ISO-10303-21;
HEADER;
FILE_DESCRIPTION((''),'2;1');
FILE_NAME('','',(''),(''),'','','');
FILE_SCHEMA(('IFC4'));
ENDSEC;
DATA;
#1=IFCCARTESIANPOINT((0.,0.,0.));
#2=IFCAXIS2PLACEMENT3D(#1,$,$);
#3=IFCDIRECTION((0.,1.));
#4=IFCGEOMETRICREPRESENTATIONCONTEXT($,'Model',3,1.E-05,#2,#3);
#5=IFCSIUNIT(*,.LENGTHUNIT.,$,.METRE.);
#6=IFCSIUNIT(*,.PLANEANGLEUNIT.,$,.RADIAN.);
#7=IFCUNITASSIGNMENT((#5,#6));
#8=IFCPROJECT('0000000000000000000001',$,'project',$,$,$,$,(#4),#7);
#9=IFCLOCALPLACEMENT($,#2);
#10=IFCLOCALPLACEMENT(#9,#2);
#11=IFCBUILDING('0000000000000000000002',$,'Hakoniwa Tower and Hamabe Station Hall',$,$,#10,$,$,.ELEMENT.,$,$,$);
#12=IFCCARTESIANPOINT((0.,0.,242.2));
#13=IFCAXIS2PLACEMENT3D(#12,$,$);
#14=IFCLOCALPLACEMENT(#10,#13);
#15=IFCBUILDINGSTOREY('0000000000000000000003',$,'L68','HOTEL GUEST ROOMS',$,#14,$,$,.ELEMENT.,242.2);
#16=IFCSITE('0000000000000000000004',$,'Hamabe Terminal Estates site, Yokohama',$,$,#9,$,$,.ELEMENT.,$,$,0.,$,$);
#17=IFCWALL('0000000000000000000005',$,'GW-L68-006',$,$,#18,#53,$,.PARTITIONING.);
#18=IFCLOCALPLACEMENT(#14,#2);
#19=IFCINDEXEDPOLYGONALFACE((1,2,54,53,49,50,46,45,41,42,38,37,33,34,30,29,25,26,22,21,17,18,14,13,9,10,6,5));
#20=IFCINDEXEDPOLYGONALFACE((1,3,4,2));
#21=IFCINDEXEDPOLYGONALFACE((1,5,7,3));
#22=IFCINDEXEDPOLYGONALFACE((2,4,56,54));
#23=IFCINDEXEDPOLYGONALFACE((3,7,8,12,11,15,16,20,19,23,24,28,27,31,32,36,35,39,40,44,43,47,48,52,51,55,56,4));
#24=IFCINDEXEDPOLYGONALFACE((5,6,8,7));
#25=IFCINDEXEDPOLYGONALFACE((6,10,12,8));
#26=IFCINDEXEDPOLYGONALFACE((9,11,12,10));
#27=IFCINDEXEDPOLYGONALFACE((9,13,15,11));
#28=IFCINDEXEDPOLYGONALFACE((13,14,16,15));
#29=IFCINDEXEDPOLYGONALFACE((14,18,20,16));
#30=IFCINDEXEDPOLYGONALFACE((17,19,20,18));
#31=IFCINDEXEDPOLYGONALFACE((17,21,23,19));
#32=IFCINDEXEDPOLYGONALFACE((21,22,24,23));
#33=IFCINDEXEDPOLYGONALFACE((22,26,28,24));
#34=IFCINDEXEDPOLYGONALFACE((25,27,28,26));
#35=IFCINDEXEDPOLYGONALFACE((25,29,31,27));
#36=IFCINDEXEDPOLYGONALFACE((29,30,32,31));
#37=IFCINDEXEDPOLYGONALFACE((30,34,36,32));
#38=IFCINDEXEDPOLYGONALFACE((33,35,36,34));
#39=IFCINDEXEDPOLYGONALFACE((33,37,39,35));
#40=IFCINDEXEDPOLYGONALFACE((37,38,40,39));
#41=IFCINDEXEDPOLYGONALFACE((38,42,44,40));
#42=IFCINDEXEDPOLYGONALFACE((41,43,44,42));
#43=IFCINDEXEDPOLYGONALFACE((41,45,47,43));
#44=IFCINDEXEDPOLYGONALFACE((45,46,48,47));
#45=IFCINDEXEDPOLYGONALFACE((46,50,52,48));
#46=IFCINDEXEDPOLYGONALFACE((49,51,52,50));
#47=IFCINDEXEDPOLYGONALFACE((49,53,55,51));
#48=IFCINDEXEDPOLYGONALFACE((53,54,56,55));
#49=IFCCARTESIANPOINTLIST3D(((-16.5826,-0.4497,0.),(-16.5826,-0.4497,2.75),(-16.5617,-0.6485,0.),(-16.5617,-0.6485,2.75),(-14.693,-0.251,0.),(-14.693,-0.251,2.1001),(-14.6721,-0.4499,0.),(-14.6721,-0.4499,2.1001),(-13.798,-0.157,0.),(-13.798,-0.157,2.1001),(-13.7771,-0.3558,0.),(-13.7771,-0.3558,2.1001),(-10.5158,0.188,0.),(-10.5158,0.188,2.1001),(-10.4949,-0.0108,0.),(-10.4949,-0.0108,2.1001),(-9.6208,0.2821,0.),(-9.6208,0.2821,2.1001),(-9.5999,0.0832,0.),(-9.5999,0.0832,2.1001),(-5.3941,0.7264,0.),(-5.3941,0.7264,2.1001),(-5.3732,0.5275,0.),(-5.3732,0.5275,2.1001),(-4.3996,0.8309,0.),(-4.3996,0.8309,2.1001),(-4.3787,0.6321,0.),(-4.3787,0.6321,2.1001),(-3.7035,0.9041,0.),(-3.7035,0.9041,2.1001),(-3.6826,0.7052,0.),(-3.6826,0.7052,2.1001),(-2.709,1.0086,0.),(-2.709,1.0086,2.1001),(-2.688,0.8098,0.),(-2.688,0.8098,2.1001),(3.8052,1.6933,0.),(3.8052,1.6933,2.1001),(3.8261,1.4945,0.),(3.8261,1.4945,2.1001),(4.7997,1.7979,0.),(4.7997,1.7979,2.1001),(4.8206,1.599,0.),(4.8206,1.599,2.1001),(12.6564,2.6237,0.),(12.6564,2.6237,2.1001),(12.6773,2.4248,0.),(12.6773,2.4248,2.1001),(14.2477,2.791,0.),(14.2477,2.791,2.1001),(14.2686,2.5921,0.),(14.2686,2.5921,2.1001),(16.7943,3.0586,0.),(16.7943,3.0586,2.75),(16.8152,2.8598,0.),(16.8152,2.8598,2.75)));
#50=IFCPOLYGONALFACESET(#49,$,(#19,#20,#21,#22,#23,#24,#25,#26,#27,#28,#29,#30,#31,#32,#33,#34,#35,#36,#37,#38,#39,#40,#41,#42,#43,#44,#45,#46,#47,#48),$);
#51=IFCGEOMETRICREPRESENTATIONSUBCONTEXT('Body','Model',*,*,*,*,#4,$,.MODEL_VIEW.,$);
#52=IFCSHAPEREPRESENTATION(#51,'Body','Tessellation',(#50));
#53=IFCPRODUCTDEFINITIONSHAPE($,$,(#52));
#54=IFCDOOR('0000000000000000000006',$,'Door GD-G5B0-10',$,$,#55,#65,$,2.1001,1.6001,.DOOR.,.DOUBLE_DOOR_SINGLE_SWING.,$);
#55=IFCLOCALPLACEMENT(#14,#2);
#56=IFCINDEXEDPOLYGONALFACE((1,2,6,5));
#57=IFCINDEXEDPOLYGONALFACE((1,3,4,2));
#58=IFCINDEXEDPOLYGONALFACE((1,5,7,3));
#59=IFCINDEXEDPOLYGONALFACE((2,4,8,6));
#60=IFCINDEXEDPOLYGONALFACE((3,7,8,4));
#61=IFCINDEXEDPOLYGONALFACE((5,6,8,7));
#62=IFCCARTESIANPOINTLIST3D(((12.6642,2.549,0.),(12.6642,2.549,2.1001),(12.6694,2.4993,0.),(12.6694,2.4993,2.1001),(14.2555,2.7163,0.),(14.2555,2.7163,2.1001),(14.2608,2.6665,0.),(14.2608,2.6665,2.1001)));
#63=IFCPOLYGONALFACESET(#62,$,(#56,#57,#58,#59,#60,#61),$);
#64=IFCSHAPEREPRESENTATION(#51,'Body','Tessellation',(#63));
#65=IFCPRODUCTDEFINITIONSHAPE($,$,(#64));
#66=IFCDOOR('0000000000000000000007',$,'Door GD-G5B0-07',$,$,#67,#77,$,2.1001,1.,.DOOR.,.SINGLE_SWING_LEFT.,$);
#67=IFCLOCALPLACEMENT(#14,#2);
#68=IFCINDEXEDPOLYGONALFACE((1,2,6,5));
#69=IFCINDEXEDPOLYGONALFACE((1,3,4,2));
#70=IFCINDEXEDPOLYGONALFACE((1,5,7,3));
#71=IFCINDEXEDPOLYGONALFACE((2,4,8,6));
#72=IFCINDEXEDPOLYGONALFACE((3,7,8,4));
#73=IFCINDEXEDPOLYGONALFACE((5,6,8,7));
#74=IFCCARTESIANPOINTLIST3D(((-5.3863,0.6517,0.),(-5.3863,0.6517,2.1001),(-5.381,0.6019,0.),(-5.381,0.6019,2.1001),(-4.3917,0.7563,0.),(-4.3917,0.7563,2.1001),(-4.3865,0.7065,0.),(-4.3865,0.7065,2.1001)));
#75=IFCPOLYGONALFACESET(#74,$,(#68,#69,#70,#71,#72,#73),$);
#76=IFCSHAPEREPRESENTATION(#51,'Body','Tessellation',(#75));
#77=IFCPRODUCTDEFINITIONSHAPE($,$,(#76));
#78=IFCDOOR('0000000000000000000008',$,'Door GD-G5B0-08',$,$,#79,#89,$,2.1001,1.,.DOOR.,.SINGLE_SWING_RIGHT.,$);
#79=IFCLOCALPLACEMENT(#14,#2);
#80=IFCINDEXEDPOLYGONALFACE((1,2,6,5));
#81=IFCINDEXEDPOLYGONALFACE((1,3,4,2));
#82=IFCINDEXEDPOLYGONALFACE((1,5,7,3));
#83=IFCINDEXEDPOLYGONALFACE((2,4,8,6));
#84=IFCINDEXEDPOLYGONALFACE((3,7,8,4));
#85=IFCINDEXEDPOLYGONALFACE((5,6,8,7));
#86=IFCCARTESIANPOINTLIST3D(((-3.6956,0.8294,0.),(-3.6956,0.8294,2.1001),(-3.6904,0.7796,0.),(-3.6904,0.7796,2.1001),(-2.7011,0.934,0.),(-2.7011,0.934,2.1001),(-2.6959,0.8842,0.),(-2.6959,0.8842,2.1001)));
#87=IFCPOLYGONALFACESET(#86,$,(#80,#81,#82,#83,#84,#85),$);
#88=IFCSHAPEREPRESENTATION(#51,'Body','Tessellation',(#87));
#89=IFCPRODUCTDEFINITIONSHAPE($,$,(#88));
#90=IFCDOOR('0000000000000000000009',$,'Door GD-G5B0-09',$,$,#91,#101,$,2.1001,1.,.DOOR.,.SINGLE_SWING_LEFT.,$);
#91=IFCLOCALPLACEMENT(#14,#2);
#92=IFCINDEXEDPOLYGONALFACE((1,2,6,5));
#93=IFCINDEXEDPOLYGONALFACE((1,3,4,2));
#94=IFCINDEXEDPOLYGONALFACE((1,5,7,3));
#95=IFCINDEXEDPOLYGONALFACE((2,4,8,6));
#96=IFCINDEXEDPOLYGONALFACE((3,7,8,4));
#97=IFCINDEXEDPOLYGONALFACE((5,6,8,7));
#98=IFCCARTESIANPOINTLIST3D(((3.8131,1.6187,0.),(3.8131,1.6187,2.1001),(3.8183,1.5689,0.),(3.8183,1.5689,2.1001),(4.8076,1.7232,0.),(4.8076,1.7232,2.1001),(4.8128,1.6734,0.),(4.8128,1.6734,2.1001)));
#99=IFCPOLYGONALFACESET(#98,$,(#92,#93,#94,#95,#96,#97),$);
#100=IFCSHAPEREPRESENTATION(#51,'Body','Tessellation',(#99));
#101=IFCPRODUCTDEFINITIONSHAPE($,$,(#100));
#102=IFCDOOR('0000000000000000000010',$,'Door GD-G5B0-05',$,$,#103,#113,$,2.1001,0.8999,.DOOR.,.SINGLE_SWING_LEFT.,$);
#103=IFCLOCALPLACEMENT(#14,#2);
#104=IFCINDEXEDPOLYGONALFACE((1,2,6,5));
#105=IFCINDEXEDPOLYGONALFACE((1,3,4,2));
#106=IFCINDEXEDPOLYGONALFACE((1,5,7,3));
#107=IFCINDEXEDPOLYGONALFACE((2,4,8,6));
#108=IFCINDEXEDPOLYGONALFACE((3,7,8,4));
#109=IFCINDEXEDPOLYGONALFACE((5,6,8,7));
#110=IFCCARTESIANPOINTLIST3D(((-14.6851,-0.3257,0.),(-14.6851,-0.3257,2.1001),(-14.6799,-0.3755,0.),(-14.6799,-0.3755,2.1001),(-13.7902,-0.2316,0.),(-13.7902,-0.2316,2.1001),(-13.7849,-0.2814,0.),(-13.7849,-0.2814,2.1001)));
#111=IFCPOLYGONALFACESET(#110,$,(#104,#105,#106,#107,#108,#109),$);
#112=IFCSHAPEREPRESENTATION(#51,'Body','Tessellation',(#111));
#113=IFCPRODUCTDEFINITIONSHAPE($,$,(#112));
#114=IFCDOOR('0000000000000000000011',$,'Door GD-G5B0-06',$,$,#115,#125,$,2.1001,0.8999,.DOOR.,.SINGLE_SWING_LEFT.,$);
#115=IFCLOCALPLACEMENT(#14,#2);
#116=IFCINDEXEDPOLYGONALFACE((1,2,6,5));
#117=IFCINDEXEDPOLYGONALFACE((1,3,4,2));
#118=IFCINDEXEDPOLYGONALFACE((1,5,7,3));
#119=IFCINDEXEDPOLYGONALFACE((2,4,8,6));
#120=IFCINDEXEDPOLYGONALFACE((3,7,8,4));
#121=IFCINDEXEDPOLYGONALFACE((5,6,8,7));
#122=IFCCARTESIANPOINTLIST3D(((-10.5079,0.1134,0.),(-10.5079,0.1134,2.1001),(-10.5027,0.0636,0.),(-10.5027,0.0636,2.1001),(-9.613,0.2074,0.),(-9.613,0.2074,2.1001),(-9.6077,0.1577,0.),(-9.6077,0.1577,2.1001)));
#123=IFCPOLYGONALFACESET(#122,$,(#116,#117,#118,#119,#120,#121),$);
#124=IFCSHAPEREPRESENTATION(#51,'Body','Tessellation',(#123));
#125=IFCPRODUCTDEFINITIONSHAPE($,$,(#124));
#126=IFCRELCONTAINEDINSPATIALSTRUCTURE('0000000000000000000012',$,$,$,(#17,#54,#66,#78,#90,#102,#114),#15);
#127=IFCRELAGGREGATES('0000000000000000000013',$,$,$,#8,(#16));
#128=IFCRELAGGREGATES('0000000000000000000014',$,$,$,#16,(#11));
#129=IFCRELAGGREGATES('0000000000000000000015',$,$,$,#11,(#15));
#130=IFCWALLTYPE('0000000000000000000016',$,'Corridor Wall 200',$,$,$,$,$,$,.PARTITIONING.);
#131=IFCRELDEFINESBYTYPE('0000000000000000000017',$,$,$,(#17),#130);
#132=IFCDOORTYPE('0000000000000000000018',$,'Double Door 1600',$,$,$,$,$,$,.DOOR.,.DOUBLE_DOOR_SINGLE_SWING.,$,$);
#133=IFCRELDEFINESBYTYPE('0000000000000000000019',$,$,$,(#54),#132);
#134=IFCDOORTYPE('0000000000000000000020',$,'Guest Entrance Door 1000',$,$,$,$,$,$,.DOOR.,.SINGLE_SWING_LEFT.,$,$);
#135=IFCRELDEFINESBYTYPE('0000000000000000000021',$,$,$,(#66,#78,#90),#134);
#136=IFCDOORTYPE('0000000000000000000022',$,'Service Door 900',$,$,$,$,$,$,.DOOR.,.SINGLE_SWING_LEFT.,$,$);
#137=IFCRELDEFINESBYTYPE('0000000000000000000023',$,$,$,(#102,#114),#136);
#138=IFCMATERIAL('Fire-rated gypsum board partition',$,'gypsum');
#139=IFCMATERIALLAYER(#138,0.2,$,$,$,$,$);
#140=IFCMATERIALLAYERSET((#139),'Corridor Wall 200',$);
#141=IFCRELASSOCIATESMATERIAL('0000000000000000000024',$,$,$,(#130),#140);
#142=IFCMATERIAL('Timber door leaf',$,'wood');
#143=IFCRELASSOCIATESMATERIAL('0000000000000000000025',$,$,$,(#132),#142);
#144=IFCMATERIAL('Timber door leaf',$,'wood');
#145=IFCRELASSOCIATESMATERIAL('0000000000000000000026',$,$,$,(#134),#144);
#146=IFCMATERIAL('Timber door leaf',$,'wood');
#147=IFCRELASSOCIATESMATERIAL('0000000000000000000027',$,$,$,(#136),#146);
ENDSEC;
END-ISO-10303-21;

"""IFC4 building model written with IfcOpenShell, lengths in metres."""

from ifc_helpers import new_model, si_unit, direction, frame, frame_2d, origin, place, context, subcontext, project, spatial, rectangle, extrude, material, layer, layer_set, type_object, element, fill, save


model = new_model("IFC4")

# Units and contexts
model_context = context("Model", 3, precision=1e-05, world=origin(), true_north=direction((0.0, 1.0)))
body_context = subcontext(model_context, "Body", "Model", "MODEL_VIEW")
ifc_project = project(units=[si_unit("LENGTHUNIT", "METRE"), si_unit("PLANEANGLEUNIT", "RADIAN")], contexts=[model_context])

# Site, building, storey
site_placement = place(None, origin())
site = spatial("IfcSite", under=ifc_project, at=site_placement, Name="Hamabe Terminal Estates site, Yokohama", CompositionType="ELEMENT", RefElevation=0.0)
building_placement = place(site_placement, origin())
building = spatial("IfcBuilding", under=site, at=building_placement, Name="Hakoniwa Tower and Hamabe Station Hall", CompositionType="ELEMENT")
storey_placement = place(building_placement, frame((0.0, 0.0, 242.2)))
storey = spatial("IfcBuildingStorey", under=building, at=storey_placement, Name="L68", Description="HOTEL GUEST ROOMS", CompositionType="ELEMENT", Elevation=242.2)

# Wall, openings, doors
ifc_material_1 = material(Name="Fire-rated gypsum board partition", Category="gypsum")
ifc_layer_1 = layer(ifc_material_1, 0.2)
ifc_layer_set_1 = layer_set([ifc_layer_1], Name="Corridor Wall 200")
wall_type_1 = type_object("IfcWallType", Name="Corridor Wall 200", PredefinedType="PARTITIONING", material=ifc_layer_set_1)
wall_1_placement = place(storey_placement, frame((-16.572, -0.5491, 0.0), z_axis=(0.0, 0.0, 1.0), x_axis=(0.994521, 0.104536, 0.0)))
wall_1 = element("IfcWall", 1, at=wall_1_placement, inside=storey, type_object=wall_type_1, Name="GW-L68-006", PredefinedType="PARTITIONING", context=body_context, shape_type="SweptSolid", body=[
    extrude(rectangle(XDim=33.5608, YDim=0.2, at=frame_2d((16.7803, 0.0))), origin(), (0.0, 0.0, 1.0), 2.75),
])
opening_1_placement = place(wall_1_placement, frame((1.8999, 0.0, 0.0)))
opening_1 = element("IfcOpeningElement", 2, at=opening_1_placement, cuts=wall_1, PredefinedType="OPENING", context=body_context, shape_type="SweptSolid", body=[
    extrude(rectangle(XDim=0.8999, YDim=2.1001, at=frame_2d((0.45, 1.05))), frame((0.0, 0.1099, 0.0), z_axis=(0.0, -1.0, 0.0), x_axis=(1.0, 0.0, 0.0)), (0.0, 0.0, 1.0), 0.22),
])
opening_2_placement = place(wall_1_placement, frame((6.1001, 0.0, 0.0)))
opening_2 = element("IfcOpeningElement", 3, at=opening_2_placement, cuts=wall_1, PredefinedType="OPENING", context=body_context, shape_type="SweptSolid", body=[
    extrude(rectangle(XDim=0.8999, YDim=2.1001, at=frame_2d((0.45, 1.05))), frame((0.0, 0.1099, 0.0), z_axis=(0.0, -1.0, 0.0), x_axis=(1.0, 0.0, 0.0)), (0.0, 0.0, 1.0), 0.22),
])
opening_3_placement = place(wall_1_placement, frame((11.25, 0.0, 0.0)))
opening_3 = element("IfcOpeningElement", 4, at=opening_3_placement, cuts=wall_1, PredefinedType="OPENING", context=body_context, shape_type="SweptSolid", body=[
    extrude(rectangle(XDim=1.0, YDim=2.1001, at=frame_2d((0.5, 1.05))), frame((0.0, 0.1099, 0.0), z_axis=(0.0, -1.0, 0.0), x_axis=(1.0, 0.0, 0.0)), (0.0, 0.0, 1.0), 0.22),
])
opening_4_placement = place(wall_1_placement, frame((12.95, 0.0, 0.0)))
opening_4 = element("IfcOpeningElement", 5, at=opening_4_placement, cuts=wall_1, PredefinedType="OPENING", context=body_context, shape_type="SweptSolid", body=[
    extrude(rectangle(XDim=1.0, YDim=2.1001, at=frame_2d((0.5, 1.05))), frame((0.0, 0.1099, 0.0), z_axis=(0.0, -1.0, 0.0), x_axis=(1.0, 0.0, 0.0)), (0.0, 0.0, 1.0), 0.22),
])
opening_5_placement = place(wall_1_placement, frame((20.5, 0.0, 0.0)))
opening_5 = element("IfcOpeningElement", 6, at=opening_5_placement, cuts=wall_1, PredefinedType="OPENING", context=body_context, shape_type="SweptSolid", body=[
    extrude(rectangle(XDim=1.0, YDim=2.1001, at=frame_2d((0.5, 1.05))), frame((0.0, 0.1099, 0.0), z_axis=(0.0, -1.0, 0.0), x_axis=(1.0, 0.0, 0.0)), (0.0, 0.0, 1.0), 0.22),
])
opening_6_placement = place(wall_1_placement, frame((29.3999, 0.0, 0.0)))
opening_6 = element("IfcOpeningElement", 7, at=opening_6_placement, cuts=wall_1, PredefinedType="OPENING", context=body_context, shape_type="SweptSolid", body=[
    extrude(rectangle(XDim=1.6001, YDim=2.1001, at=frame_2d((0.8, 1.05))), frame((0.0, 0.1099, 0.0), z_axis=(0.0, -1.0, 0.0), x_axis=(1.0, 0.0, 0.0)), (0.0, 0.0, 1.0), 0.22),
])
ifc_material_2 = material(Name="Timber door leaf", Category="wood")
door_type_1 = type_object("IfcDoorType", Name="Double Door 1600", OperationType="DOUBLE_DOOR_SINGLE_SWING", PredefinedType="DOOR", material=ifc_material_2)
door_1_placement = place(opening_6_placement, origin())
door_1 = element("IfcDoor", 8, at=door_1_placement, inside=storey, type_object=door_type_1, Name="Door GD-G5B0-10", OperationType="DOUBLE_DOOR_SINGLE_SWING", OverallHeight=2.1001, OverallWidth=1.6001, PredefinedType="DOOR", context=body_context, shape_type="SweptSolid", body=[
    extrude(rectangle(XDim=1.6001, YDim=2.1001, at=frame_2d((0.8, 1.05))), frame((0.0, 0.0249, 0.0), z_axis=(0.0, -1.0, 0.0), x_axis=(1.0, 0.0, 0.0)), (0.0, 0.0, 1.0), 0.05),
])
fill(opening_6, door_1)
ifc_material_3 = material(Name="Timber door leaf", Category="wood")
door_type_2 = type_object("IfcDoorType", Name="Guest Entrance Door 1000", OperationType="SINGLE_SWING_LEFT", PredefinedType="DOOR", material=ifc_material_3)
door_2_placement = place(opening_3_placement, origin())
door_2 = element("IfcDoor", 9, at=door_2_placement, inside=storey, type_object=door_type_2, Name="Door GD-G5B0-07", OperationType="SINGLE_SWING_LEFT", OverallHeight=2.1001, OverallWidth=1.0, PredefinedType="DOOR", context=body_context, shape_type="SweptSolid", body=[
    extrude(rectangle(XDim=1.0, YDim=2.1001, at=frame_2d((0.5, 1.05))), frame((0.0, 0.0249, 0.0), z_axis=(0.0, -1.0, 0.0), x_axis=(1.0, 0.0, 0.0)), (0.0, 0.0, 1.0), 0.05),
])
fill(opening_3, door_2)
door_3_placement = place(opening_4_placement, origin())
door_3 = element("IfcDoor", 10, at=door_3_placement, inside=storey, type_object=door_type_2, Name="Door GD-G5B0-08", OperationType="SINGLE_SWING_RIGHT", OverallHeight=2.1001, OverallWidth=1.0, PredefinedType="DOOR", context=body_context, shape_type="SweptSolid", body=[
    extrude(rectangle(XDim=1.0, YDim=2.1001, at=frame_2d((0.5, 1.05))), frame((0.0, 0.0249, 0.0), z_axis=(0.0, -1.0, 0.0), x_axis=(1.0, 0.0, 0.0)), (0.0, 0.0, 1.0), 0.05),
])
fill(opening_4, door_3)
door_4_placement = place(opening_5_placement, origin())
door_4 = element("IfcDoor", 11, at=door_4_placement, inside=storey, type_object=door_type_2, Name="Door GD-G5B0-09", OperationType="SINGLE_SWING_LEFT", OverallHeight=2.1001, OverallWidth=1.0, PredefinedType="DOOR", context=body_context, shape_type="SweptSolid", body=[
    extrude(rectangle(XDim=1.0, YDim=2.1001, at=frame_2d((0.5, 1.05))), frame((0.0, 0.0249, 0.0), z_axis=(0.0, -1.0, 0.0), x_axis=(1.0, 0.0, 0.0)), (0.0, 0.0, 1.0), 0.05),
])
fill(opening_5, door_4)
ifc_material_4 = material(Name="Timber door leaf", Category="wood")
door_type_3 = type_object("IfcDoorType", Name="Service Door 900", OperationType="SINGLE_SWING_LEFT", PredefinedType="DOOR", material=ifc_material_4)
door_5_placement = place(opening_1_placement, origin())
door_5 = element("IfcDoor", 12, at=door_5_placement, inside=storey, type_object=door_type_3, Name="Door GD-G5B0-05", OperationType="SINGLE_SWING_LEFT", OverallHeight=2.1001, OverallWidth=0.8999, PredefinedType="DOOR", context=body_context, shape_type="SweptSolid", body=[
    extrude(rectangle(XDim=0.8999, YDim=2.1001, at=frame_2d((0.45, 1.05))), frame((0.0, 0.0249, 0.0), z_axis=(0.0, -1.0, 0.0), x_axis=(1.0, 0.0, 0.0)), (0.0, 0.0, 1.0), 0.05),
])
fill(opening_1, door_5)
door_6_placement = place(opening_2_placement, origin())
door_6 = element("IfcDoor", 13, at=door_6_placement, inside=storey, type_object=door_type_3, Name="Door GD-G5B0-06", OperationType="SINGLE_SWING_LEFT", OverallHeight=2.1001, OverallWidth=0.8999, PredefinedType="DOOR", context=body_context, shape_type="SweptSolid", body=[
    extrude(rectangle(XDim=0.8999, YDim=2.1001, at=frame_2d((0.45, 1.05))), frame((0.0, 0.0249, 0.0), z_axis=(0.0, -1.0, 0.0), x_axis=(1.0, 0.0, 0.0)), (0.0, 0.0, 1.0), 0.05),
])
fill(opening_2, door_6)

save(model, "model.ifc")
